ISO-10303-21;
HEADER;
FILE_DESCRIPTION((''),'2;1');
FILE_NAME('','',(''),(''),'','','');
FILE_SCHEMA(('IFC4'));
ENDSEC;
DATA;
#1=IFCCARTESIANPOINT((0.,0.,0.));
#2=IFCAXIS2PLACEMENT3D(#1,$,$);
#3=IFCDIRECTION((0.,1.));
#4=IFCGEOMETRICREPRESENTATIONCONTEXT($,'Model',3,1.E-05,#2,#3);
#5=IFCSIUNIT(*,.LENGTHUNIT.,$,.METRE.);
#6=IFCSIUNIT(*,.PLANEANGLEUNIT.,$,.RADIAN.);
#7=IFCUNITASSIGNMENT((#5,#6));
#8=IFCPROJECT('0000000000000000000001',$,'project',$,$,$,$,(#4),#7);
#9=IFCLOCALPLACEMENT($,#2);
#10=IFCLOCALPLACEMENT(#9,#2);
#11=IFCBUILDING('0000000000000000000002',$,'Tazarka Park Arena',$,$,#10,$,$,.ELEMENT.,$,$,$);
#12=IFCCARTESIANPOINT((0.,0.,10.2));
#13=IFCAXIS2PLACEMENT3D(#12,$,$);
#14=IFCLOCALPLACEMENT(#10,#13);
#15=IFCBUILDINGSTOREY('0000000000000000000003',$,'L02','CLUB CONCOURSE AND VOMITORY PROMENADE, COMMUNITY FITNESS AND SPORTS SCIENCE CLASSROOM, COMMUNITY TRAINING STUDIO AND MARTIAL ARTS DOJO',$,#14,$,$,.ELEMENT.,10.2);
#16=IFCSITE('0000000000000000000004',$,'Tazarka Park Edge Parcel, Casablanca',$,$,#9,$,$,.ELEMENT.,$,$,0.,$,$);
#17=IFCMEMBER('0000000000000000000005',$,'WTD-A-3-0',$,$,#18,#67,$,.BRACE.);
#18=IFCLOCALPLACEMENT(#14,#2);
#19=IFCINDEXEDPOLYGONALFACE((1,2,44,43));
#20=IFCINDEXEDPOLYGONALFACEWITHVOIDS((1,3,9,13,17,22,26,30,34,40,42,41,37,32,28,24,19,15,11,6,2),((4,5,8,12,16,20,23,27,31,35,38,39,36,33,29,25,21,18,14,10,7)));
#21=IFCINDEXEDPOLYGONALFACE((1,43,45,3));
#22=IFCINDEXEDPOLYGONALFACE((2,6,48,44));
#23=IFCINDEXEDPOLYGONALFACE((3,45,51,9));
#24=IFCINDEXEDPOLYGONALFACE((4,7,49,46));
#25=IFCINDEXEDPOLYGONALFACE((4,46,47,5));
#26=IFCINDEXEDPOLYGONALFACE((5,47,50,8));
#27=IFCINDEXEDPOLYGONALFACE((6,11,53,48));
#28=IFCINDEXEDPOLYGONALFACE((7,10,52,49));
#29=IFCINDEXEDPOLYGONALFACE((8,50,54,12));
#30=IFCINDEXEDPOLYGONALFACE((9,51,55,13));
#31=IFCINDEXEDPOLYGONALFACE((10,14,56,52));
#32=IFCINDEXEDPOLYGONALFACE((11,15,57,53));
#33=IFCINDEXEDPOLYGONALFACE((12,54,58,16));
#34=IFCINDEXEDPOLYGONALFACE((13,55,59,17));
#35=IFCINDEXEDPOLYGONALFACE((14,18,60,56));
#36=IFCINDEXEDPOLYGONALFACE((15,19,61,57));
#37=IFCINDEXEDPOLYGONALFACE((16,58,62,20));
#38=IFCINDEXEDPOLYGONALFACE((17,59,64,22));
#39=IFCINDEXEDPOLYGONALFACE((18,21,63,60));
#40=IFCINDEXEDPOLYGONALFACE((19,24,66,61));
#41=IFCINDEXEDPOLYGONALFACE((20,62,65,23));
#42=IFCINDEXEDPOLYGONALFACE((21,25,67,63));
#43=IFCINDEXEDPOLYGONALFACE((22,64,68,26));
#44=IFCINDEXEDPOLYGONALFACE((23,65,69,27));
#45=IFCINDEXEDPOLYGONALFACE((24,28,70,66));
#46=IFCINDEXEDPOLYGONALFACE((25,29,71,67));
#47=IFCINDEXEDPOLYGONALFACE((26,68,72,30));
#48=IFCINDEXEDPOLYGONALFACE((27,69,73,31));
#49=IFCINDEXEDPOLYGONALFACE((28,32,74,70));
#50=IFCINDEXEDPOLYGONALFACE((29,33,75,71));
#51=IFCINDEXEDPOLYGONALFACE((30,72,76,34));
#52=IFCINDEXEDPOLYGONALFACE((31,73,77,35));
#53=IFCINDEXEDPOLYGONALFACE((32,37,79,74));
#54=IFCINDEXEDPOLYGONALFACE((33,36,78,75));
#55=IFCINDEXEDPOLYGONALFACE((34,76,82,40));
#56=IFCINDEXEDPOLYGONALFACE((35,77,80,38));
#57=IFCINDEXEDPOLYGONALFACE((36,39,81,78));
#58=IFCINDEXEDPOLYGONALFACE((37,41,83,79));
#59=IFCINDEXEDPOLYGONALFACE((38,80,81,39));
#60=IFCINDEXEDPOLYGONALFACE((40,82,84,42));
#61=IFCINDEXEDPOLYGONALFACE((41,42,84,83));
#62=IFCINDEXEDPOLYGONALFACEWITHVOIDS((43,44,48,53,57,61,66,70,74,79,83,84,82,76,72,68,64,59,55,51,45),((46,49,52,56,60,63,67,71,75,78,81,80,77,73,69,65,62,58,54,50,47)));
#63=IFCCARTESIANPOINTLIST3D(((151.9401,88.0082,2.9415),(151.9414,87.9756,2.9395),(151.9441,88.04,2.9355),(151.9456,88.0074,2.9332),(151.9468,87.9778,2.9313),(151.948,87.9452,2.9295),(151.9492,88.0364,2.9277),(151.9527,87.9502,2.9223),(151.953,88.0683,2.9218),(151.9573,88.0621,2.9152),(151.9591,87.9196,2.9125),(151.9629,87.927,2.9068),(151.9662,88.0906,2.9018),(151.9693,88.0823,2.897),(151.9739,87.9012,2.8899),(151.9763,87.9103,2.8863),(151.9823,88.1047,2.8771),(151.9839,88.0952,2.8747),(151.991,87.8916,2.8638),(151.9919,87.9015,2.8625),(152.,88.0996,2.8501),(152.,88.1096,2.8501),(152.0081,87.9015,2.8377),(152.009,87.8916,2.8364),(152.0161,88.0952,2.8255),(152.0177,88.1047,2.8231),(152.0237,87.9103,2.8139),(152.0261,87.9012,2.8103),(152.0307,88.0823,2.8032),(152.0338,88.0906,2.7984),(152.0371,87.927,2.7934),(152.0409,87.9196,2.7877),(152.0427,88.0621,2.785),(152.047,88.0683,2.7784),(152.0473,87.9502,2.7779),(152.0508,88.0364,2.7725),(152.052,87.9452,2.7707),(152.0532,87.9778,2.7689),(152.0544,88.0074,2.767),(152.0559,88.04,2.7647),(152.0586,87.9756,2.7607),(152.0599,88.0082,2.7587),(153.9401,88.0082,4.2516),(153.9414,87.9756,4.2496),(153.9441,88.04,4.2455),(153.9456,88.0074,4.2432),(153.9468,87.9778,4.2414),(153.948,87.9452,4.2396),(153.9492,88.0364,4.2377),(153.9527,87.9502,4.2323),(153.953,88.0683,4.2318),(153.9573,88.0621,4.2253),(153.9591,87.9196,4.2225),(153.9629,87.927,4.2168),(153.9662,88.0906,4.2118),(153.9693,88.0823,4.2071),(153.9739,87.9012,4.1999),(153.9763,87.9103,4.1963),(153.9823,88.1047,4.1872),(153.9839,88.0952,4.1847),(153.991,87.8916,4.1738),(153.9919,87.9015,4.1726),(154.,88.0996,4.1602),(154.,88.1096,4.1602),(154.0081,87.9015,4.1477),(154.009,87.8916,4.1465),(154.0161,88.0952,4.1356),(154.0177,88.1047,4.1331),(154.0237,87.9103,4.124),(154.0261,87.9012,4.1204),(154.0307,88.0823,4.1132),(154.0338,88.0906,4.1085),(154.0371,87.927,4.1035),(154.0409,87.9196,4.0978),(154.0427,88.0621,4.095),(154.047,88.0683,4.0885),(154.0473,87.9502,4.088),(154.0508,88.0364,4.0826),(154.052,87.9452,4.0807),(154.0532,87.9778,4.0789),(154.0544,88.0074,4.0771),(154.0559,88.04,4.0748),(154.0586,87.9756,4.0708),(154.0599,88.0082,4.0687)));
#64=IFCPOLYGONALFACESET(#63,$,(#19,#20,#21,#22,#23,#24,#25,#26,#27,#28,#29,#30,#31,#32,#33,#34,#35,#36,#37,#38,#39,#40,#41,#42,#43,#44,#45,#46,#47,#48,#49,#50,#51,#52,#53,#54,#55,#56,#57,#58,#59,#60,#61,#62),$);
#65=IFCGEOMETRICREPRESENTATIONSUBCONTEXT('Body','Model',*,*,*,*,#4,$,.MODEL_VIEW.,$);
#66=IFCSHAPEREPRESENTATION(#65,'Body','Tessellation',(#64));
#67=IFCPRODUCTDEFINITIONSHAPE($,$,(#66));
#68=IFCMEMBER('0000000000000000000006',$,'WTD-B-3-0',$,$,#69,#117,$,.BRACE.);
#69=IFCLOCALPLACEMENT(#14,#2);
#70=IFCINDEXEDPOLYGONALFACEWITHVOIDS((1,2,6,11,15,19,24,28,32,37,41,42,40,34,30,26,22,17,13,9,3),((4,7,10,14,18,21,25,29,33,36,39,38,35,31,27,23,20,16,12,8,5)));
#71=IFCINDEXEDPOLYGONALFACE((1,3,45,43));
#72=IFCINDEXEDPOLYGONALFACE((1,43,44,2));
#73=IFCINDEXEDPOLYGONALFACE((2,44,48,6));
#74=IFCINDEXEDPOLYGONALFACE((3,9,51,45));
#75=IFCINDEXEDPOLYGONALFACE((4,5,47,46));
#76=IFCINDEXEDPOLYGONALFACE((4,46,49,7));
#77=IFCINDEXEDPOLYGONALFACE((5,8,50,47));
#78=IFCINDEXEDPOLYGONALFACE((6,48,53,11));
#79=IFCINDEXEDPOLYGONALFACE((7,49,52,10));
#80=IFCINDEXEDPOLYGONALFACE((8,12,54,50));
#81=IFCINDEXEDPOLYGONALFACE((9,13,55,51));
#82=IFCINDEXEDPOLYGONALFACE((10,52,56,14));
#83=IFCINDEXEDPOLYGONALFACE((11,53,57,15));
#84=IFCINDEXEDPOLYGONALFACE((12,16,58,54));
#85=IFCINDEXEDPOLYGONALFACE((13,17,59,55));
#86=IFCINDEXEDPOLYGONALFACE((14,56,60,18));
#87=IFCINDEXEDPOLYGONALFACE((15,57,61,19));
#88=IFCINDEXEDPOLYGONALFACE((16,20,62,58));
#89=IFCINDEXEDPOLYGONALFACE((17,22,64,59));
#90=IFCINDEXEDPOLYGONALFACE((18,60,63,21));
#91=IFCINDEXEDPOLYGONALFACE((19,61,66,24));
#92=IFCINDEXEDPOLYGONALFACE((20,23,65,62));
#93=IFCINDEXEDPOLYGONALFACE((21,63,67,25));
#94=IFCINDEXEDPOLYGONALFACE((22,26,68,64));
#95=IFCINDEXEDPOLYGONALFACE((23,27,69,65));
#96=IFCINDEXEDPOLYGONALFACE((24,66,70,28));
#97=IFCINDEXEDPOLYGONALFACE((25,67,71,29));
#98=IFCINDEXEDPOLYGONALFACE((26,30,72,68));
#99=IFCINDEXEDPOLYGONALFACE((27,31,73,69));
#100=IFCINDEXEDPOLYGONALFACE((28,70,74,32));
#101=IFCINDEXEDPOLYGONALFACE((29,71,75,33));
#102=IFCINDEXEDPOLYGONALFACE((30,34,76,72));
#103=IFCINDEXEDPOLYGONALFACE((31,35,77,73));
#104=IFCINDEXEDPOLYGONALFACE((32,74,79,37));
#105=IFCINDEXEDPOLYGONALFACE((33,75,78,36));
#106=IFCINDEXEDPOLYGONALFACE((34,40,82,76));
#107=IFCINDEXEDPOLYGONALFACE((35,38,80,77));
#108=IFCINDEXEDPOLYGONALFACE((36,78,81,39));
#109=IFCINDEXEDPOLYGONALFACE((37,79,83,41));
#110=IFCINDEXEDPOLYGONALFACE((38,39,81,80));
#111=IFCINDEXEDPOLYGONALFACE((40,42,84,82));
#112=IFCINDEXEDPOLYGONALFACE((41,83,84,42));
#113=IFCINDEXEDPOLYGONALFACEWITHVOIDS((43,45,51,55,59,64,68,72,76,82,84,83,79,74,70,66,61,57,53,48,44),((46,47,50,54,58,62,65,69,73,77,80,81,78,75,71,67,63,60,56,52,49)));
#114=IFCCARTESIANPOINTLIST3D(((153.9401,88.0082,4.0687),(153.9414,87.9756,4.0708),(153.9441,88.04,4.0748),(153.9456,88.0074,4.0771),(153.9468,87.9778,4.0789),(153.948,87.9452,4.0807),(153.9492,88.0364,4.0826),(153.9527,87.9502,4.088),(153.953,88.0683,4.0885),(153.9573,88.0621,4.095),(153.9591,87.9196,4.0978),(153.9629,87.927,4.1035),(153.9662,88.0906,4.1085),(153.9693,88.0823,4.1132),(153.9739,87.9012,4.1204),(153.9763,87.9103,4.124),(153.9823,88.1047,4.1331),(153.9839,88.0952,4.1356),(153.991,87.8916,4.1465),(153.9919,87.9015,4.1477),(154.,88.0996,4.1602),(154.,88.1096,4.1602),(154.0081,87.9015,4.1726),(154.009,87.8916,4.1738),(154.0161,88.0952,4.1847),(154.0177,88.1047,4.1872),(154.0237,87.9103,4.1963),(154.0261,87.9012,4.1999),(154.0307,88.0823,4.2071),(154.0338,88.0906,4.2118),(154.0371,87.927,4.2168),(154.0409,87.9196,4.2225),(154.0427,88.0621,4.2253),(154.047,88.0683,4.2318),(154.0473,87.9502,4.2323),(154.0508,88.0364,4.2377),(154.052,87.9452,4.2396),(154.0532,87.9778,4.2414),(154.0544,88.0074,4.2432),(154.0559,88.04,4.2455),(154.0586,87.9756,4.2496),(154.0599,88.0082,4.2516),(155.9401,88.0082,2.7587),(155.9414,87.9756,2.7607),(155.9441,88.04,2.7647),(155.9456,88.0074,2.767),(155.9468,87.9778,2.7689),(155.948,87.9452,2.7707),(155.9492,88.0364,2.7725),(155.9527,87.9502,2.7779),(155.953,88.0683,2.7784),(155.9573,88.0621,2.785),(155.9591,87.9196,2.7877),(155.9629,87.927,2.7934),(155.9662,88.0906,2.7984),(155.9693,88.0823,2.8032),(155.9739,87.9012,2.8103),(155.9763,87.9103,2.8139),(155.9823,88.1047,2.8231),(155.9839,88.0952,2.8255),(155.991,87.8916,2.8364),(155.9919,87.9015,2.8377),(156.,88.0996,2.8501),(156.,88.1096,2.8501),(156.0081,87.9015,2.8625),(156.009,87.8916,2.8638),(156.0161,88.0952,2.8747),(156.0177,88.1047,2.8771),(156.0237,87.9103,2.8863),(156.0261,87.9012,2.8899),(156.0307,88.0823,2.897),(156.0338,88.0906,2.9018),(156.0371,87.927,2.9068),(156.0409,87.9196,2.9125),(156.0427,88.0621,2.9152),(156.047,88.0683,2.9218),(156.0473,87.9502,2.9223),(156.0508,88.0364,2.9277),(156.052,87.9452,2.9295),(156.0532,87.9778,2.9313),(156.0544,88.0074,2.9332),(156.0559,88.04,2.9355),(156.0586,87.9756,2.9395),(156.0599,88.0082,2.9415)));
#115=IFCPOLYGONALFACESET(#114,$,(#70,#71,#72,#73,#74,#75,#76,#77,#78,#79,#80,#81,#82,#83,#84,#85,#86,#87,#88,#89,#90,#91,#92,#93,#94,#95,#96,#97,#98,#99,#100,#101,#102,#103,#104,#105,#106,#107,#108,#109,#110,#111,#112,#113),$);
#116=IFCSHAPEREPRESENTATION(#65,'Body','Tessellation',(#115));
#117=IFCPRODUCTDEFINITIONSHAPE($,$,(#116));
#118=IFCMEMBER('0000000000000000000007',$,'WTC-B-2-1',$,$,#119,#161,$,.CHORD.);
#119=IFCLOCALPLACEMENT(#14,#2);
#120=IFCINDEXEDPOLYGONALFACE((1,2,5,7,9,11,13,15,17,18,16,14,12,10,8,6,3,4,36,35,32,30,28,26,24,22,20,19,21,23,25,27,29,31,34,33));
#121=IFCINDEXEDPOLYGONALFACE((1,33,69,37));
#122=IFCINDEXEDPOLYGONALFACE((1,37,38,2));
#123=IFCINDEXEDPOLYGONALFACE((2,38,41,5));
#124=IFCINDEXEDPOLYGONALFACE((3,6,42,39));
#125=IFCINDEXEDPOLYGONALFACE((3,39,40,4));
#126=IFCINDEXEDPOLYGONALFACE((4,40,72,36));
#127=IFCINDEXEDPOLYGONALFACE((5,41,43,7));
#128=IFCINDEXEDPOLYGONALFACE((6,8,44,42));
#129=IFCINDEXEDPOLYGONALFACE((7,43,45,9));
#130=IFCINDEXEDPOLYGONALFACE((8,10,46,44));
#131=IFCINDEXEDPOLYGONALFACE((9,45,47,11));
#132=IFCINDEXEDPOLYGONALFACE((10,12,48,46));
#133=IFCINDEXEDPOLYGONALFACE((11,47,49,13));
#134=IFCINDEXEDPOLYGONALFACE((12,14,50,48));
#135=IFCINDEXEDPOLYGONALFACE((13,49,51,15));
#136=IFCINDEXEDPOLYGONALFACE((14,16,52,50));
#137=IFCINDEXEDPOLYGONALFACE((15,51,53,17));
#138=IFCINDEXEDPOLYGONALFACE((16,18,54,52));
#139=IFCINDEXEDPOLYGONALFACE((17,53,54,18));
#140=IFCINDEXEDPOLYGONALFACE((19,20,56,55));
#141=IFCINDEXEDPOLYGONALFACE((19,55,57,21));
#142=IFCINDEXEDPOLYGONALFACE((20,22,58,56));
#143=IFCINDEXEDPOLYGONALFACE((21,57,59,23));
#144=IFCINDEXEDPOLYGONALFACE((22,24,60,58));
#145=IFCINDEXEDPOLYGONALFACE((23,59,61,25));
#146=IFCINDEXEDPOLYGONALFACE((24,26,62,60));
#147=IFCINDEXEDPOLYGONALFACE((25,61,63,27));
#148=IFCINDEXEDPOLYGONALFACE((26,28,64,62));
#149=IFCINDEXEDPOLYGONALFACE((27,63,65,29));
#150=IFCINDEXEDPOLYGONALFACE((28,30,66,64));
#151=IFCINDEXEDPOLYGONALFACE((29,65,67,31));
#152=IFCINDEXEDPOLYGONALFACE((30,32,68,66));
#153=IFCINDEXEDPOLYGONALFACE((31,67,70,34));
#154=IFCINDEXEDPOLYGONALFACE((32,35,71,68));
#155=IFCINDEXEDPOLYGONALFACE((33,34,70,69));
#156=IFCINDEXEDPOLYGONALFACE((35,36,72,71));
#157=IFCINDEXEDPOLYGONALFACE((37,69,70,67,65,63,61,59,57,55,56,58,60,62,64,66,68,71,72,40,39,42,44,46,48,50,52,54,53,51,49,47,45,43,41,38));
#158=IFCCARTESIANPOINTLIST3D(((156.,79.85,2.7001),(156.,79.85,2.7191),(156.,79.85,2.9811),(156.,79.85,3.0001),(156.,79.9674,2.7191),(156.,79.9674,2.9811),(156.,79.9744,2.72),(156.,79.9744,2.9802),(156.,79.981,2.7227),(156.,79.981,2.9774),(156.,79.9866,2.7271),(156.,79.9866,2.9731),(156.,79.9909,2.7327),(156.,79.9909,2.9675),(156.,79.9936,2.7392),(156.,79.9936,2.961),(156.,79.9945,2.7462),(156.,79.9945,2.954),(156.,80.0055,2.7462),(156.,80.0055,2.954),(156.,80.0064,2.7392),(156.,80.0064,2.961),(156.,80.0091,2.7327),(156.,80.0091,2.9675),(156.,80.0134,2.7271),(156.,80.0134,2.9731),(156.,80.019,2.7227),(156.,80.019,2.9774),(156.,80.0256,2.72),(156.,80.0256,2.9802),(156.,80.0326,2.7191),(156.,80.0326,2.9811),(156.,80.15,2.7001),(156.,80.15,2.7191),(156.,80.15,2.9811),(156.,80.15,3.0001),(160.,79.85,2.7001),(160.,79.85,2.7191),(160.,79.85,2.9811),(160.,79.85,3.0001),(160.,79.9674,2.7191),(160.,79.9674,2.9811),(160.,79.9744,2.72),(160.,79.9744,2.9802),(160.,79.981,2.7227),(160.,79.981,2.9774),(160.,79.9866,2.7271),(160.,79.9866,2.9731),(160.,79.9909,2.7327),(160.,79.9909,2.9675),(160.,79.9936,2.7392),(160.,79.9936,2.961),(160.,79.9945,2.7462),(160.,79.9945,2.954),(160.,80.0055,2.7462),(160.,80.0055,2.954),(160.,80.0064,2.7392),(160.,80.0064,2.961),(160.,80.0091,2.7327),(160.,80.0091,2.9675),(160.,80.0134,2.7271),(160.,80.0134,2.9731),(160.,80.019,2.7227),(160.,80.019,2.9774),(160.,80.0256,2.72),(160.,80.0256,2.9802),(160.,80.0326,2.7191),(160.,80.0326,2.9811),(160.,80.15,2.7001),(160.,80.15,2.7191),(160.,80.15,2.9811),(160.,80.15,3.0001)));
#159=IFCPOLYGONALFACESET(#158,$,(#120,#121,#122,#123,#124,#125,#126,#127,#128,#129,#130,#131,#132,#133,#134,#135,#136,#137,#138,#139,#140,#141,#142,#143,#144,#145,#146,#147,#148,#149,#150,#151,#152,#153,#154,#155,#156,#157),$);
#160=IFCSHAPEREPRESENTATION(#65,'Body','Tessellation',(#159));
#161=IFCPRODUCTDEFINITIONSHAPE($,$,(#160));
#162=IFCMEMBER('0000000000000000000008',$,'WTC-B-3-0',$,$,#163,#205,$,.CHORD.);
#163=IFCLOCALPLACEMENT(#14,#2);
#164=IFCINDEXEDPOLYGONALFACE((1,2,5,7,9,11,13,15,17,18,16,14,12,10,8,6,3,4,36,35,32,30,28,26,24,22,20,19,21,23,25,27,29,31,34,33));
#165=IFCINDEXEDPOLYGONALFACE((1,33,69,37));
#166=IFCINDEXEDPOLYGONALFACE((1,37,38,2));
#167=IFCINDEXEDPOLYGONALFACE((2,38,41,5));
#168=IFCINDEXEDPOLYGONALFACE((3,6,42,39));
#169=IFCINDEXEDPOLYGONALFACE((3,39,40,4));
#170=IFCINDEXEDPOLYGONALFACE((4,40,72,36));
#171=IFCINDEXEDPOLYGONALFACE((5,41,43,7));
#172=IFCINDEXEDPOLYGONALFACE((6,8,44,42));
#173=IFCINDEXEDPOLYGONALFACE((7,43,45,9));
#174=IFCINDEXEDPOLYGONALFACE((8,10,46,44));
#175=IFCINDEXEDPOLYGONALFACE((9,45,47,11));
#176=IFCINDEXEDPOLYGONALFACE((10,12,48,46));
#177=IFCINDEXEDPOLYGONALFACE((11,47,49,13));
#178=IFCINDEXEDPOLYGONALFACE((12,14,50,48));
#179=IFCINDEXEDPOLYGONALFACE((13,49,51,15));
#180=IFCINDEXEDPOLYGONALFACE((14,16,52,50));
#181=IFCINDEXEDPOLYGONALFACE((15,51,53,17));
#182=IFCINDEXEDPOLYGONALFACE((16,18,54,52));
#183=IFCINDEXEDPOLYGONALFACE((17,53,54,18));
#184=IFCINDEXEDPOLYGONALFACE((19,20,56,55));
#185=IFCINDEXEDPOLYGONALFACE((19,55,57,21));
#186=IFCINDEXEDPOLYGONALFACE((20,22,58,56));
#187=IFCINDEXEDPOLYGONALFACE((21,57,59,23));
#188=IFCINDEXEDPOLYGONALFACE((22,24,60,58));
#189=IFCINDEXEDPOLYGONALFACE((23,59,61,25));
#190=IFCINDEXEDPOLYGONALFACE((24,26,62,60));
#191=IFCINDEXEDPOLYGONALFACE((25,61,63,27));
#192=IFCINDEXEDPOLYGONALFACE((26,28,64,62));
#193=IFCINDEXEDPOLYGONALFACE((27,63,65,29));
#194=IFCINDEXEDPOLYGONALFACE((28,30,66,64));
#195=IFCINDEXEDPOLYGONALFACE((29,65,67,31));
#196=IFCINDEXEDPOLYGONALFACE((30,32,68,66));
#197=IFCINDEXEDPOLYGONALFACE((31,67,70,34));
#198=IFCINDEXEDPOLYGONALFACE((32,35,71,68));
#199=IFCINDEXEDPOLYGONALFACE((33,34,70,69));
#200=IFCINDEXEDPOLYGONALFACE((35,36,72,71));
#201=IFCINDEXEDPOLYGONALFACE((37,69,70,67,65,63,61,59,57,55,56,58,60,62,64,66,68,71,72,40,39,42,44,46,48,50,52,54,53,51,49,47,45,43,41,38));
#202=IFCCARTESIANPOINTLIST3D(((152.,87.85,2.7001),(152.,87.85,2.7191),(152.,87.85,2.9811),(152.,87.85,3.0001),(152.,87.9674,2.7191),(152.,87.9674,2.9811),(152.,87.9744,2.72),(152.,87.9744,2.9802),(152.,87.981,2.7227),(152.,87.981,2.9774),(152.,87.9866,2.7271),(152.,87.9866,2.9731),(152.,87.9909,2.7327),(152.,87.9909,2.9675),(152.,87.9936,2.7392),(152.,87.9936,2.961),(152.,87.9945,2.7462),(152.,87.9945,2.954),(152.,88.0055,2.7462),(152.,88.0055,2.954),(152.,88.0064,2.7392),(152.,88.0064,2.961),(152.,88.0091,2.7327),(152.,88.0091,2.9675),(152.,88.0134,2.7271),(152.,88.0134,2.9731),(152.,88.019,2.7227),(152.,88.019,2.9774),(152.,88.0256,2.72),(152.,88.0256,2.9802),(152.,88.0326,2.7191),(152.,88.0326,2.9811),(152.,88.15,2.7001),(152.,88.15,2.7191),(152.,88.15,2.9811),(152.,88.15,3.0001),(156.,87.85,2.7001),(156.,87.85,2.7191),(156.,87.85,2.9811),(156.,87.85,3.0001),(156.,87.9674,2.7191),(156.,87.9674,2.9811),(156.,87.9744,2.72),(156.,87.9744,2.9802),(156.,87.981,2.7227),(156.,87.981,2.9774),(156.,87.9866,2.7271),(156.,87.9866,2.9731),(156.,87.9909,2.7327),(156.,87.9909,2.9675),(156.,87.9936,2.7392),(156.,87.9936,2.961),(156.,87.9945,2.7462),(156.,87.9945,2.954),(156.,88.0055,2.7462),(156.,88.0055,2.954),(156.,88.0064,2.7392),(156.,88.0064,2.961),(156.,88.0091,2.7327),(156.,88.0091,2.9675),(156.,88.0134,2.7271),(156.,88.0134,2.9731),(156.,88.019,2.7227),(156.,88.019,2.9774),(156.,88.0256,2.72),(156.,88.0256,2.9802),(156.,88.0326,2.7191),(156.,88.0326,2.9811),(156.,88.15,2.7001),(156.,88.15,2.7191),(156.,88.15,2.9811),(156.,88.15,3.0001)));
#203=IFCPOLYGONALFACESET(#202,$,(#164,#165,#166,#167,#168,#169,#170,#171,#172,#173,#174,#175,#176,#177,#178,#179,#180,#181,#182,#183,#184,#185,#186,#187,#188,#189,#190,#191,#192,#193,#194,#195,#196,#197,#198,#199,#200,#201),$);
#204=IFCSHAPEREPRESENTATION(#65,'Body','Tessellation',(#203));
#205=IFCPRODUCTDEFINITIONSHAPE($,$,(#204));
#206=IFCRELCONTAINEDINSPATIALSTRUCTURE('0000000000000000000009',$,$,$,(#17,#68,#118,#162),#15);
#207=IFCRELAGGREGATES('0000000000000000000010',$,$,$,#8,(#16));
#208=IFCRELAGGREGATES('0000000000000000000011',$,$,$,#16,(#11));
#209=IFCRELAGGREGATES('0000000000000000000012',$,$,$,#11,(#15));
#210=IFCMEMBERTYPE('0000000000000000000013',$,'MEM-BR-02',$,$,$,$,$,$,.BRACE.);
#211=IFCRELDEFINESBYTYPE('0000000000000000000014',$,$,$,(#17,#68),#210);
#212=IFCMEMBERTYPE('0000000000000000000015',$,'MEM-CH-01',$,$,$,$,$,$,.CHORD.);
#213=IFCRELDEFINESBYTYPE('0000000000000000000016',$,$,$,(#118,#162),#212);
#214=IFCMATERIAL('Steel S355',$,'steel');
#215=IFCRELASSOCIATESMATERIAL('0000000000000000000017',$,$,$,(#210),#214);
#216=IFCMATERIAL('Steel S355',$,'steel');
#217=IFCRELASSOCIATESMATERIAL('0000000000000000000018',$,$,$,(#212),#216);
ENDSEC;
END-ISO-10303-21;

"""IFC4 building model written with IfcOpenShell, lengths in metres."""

from ifc_helpers import new_model, si_unit, direction, frame, origin, origin_2d, place, context, subcontext, project, spatial, hollow_circle, i_section, extrude, material, material_profile, profile_set, type_object, element, save


model = new_model("IFC4")

# Units and contexts
model_context = context("Model", 3, precision=1e-05, world=origin(), true_north=direction((0.0, 1.0)))
body_context = subcontext(model_context, "Body", "Model", "MODEL_VIEW")
ifc_project = project(units=[si_unit("LENGTHUNIT", "METRE"), si_unit("PLANEANGLEUNIT", "RADIAN")], contexts=[model_context])

# Site, building, storey
site_placement = place(None, origin())
site = spatial("IfcSite", under=ifc_project, at=site_placement, Name="Tazarka Park Edge Parcel, Casablanca", CompositionType="ELEMENT", RefElevation=0.0)
building_placement = place(site_placement, origin())
building = spatial("IfcBuilding", under=site, at=building_placement, Name="Tazarka Park Arena", CompositionType="ELEMENT")
storey_placement = place(building_placement, frame((0.0, 0.0, 10.2)))
storey = spatial("IfcBuildingStorey", under=building, at=storey_placement, Name="L02", Description="CLUB CONCOURSE AND VOMITORY PROMENADE, COMMUNITY FITNESS AND SPORTS SCIENCE CLASSROOM, COMMUNITY TRAINING STUDIO AND MARTIAL ARTS DOJO", CompositionType="ELEMENT", Elevation=10.2)

# Members
ifc_material_1 = material(Name="Steel S355", Category="steel")
ifc_material_profile_1 = material_profile(ifc_material_1, hollow_circle(Radius=0.1096, WallThickness=0.01, at=origin_2d()), Name="Steel S355")
ifc_profile_set_1 = profile_set([ifc_material_profile_1], Name="Steel S355")
member_type_1 = type_object("IfcMemberType", Name="MEM-BR-02", PredefinedType="BRACE", material=ifc_profile_set_1)
for number, where, z_axis, x_axis, name in (
    (1, (152.0, 88.0, 2.8501), (0.836516, 0.0, 0.547942), (0.0, 1.0, 0.0), "WTD-A-3-0"),
    (2, (154.0, 88.0, 4.1602), (0.836516, 0.0, -0.547942), (0.0, 1.0, 0.0), "WTD-B-3-0"),
):
    element("IfcMember", number, at=place(storey_placement, frame(where, z_axis=z_axis, x_axis=x_axis)), inside=storey, type_object=member_type_1, Name=name, PredefinedType="BRACE", context=body_context, shape_type="SweptSolid", body=[
        extrude(hollow_circle(Radius=0.1096, WallThickness=0.01, at=origin_2d()), origin(), (0.0, 0.0, 1.0), 2.3909),
    ])
ifc_material_2 = material(Name="Steel S355", Category="steel")
ifc_material_profile_2 = material_profile(ifc_material_2, i_section(OverallWidth=0.3, OverallDepth=0.3, WebThickness=0.011, FlangeThickness=0.019, FilletRadius=0.0271, at=origin_2d()), Name="Steel S355")
ifc_profile_set_2 = profile_set([ifc_material_profile_2], Name="Steel S355")
member_type_2 = type_object("IfcMemberType", Name="MEM-CH-01", PredefinedType="CHORD", material=ifc_profile_set_2)
for number, where, z_axis, x_axis, name in (
    (3, (156.0, 80.0, 2.8501), (1.0, 0.0, 0.0), (0.0, 1.0, 0.0), "WTC-B-2-1"),
    (4, (152.0, 88.0, 2.8501), (1.0, 0.0, 0.0), (0.0, 1.0, 0.0), "WTC-B-3-0"),
):
    element("IfcMember", number, at=place(storey_placement, frame(where, z_axis=z_axis, x_axis=x_axis)), inside=storey, type_object=member_type_2, Name=name, PredefinedType="CHORD", context=body_context, shape_type="SweptSolid", body=[
        extrude(i_section(OverallWidth=0.3, OverallDepth=0.3, WebThickness=0.011, FlangeThickness=0.019, FilletRadius=0.0271, at=origin_2d()), origin(), (0.0, 0.0, 1.0), 4.0),
    ])

save(model, "model.ifc")
